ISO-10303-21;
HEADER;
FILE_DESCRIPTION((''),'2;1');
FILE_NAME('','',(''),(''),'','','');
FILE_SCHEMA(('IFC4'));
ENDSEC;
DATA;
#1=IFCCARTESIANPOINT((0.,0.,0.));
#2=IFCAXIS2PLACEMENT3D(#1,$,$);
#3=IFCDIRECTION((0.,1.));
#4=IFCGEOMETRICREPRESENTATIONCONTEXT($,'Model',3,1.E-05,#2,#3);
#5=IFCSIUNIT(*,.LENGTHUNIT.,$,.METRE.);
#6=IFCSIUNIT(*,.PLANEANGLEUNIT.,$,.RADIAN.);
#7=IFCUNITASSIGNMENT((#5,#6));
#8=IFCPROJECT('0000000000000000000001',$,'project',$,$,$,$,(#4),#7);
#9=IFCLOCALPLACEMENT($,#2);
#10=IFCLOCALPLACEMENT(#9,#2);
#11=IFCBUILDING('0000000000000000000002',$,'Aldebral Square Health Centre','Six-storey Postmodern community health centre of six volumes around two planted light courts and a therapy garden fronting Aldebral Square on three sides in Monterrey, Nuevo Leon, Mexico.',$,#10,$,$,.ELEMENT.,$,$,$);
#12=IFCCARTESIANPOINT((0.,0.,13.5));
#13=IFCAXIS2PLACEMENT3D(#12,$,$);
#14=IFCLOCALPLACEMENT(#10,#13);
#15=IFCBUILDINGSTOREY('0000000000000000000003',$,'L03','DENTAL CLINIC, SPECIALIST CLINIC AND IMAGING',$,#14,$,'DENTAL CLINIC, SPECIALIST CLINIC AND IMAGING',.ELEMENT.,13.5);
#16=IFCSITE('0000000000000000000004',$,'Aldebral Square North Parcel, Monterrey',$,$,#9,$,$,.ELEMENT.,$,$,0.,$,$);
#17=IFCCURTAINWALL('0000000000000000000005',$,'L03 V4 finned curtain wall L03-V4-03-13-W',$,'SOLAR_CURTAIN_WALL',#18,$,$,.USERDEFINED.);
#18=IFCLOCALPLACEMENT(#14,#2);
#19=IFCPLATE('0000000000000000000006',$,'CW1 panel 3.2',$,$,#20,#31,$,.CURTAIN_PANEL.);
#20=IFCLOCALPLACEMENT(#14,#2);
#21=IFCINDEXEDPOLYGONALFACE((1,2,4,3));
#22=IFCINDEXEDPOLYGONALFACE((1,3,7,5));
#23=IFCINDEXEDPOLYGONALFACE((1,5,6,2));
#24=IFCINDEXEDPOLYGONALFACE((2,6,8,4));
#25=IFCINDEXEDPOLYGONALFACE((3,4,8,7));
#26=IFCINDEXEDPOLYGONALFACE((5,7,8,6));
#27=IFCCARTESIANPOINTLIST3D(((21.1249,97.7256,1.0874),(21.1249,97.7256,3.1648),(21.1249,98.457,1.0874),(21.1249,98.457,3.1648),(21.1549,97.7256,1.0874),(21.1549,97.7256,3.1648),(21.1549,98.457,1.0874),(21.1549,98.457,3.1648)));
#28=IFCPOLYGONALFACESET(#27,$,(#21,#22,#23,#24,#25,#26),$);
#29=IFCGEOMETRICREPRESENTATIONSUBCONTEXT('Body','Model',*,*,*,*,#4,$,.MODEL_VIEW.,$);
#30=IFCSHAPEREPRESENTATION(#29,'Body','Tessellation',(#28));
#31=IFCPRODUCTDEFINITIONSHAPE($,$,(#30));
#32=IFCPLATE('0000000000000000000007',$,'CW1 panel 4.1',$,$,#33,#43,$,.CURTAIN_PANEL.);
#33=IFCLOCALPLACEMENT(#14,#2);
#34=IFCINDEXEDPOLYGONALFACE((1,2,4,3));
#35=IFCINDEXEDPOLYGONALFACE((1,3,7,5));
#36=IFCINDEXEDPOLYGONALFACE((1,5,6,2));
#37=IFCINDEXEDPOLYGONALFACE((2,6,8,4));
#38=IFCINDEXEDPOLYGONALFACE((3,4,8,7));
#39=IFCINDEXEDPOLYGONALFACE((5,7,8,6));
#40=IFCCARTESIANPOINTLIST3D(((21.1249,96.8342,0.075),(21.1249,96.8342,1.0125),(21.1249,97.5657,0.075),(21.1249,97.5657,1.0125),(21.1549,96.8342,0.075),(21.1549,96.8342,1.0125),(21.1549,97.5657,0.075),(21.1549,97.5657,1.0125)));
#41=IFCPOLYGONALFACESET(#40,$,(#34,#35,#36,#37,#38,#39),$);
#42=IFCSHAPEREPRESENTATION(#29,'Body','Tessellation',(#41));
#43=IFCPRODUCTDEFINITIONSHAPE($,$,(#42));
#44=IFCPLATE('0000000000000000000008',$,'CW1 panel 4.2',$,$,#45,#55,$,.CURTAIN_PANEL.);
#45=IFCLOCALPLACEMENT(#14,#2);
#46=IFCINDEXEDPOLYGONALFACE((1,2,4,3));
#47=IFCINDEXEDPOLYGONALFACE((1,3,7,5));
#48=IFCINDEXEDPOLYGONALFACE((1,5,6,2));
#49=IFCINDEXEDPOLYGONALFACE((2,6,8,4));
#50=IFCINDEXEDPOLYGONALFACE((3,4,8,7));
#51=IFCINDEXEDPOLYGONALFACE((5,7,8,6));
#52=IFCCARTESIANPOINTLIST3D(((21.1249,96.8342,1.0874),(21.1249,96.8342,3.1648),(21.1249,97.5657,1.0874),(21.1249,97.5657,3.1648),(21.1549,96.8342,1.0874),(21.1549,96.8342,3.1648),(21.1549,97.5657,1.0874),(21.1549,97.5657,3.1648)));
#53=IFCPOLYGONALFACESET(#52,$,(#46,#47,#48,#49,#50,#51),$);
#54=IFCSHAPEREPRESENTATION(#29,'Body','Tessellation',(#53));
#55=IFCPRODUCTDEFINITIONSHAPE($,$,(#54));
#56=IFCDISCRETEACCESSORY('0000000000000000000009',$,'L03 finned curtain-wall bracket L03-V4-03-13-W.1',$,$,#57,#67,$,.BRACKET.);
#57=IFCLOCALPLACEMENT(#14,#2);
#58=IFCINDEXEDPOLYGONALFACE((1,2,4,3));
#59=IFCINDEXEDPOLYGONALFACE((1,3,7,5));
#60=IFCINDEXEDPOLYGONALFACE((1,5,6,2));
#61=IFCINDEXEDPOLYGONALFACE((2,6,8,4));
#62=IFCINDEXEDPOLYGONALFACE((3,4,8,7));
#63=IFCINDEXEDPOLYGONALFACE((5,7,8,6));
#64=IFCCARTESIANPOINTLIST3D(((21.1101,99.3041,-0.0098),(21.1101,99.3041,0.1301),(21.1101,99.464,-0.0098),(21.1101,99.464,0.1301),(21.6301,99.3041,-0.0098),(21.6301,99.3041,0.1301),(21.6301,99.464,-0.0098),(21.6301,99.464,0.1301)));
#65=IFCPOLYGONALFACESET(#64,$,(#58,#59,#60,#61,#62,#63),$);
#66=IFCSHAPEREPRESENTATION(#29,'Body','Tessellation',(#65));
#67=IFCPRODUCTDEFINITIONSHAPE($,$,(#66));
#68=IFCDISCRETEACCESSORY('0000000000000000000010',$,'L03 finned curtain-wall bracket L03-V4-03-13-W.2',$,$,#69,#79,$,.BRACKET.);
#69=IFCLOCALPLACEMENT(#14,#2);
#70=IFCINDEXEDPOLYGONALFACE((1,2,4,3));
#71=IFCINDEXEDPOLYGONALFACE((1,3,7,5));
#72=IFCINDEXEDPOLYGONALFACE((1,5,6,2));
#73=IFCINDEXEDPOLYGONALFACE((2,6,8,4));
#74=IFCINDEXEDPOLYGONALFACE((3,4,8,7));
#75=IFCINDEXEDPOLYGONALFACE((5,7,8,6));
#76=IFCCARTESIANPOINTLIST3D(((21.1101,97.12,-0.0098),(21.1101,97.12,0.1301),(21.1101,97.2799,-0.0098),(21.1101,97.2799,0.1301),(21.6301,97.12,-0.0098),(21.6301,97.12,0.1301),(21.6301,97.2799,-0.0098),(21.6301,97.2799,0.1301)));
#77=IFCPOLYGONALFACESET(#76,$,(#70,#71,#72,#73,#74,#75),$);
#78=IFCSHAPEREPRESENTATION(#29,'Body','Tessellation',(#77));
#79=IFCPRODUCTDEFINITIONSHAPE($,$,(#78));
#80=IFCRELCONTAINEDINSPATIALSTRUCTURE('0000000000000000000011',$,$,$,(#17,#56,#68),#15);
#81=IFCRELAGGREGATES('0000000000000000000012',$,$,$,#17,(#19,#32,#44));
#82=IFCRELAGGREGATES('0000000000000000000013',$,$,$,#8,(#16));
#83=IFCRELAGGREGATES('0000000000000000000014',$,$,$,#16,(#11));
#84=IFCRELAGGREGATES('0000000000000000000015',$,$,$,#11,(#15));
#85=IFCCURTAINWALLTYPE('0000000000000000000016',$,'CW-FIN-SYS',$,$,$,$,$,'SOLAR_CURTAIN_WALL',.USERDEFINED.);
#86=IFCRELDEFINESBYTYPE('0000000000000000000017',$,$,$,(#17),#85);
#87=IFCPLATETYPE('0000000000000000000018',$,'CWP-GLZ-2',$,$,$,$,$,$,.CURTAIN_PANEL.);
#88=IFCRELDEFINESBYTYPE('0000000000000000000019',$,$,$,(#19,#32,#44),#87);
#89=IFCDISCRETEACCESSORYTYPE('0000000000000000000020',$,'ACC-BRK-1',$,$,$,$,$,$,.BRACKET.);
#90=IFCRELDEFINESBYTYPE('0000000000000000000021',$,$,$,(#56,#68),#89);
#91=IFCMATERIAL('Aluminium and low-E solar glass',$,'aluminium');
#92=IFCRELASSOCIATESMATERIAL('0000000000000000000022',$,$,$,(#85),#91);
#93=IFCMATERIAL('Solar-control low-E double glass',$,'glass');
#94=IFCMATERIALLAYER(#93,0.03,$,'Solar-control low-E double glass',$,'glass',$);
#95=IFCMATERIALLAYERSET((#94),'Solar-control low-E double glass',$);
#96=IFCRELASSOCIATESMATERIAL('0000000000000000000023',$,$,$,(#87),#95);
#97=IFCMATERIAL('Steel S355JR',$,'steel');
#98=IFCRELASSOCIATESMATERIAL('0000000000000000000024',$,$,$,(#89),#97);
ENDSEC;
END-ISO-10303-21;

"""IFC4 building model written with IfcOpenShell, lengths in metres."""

from ifc_helpers import new_model, si_unit, direction, frame, origin, origin_2d, place, context, subcontext, project, spatial, rectangle, extrude, material, layer, layer_set, type_object, element, aggregate, save


model = new_model("IFC4")

# Units and contexts
model_context = context("Model", 3, precision=1e-05, world=origin(), true_north=direction((0.0, 1.0)))
body_context = subcontext(model_context, "Body", "Model", "MODEL_VIEW")
ifc_project = project(units=[si_unit("LENGTHUNIT", "METRE"), si_unit("PLANEANGLEUNIT", "RADIAN")], contexts=[model_context])

# Site, building, storey
site_placement = place(None, origin())
site = spatial("IfcSite", under=ifc_project, at=site_placement, Name="Aldebral Square North Parcel, Monterrey", CompositionType="ELEMENT", RefElevation=0.0)
building_placement = place(site_placement, origin())
building = spatial("IfcBuilding", under=site, at=building_placement, Name="Aldebral Square Health Centre", Description="Six-storey Postmodern community health centre of six volumes around two planted light courts and a therapy garden fronting Aldebral Square on three sides in Monterrey, Nuevo Leon, Mexico.", CompositionType="ELEMENT")
storey_placement = place(building_placement, frame((0.0, 0.0, 13.5)))
storey = spatial("IfcBuildingStorey", under=building, at=storey_placement, Name="L03", Description="DENTAL CLINIC, SPECIALIST CLINIC AND IMAGING", LongName="DENTAL CLINIC, SPECIALIST CLINIC AND IMAGING", CompositionType="ELEMENT", Elevation=13.5)

# Curtain wall, plates
ifc_material_1 = material(Name="Aluminium and low-E solar glass", Category="aluminium")
curtain_wall_type = type_object("IfcCurtainWallType", Name="CW-FIN-SYS", ElementType="SOLAR_CURTAIN_WALL", PredefinedType="USERDEFINED", material=ifc_material_1)
curtain_wall_placement = place(storey_placement, origin())
curtain_wall = element("IfcCurtainWall", 1, at=curtain_wall_placement, inside=storey, type_object=curtain_wall_type, Name="L03 V4 finned curtain wall L03-V4-03-13-W", ObjectType="SOLAR_CURTAIN_WALL", PredefinedType="USERDEFINED")
ifc_material_2 = material(Name="Solar-control low-E double glass", Category="glass")
ifc_layer = layer(ifc_material_2, 0.03, Name="Solar-control low-E double glass", Category="glass")
ifc_layer_set = layer_set([ifc_layer], Name="Solar-control low-E double glass")
plate_type = type_object("IfcPlateType", Name="CWP-GLZ-2", PredefinedType="CURTAIN_PANEL", material=ifc_layer_set)
plate_1_placement = place(storey_placement, frame((21.1399, 98.0913, 1.0874), z_axis=(0.0, 0.0, 1.0), x_axis=(0.0, -1.0, 0.0)))
plate_1 = element("IfcPlate", 2, at=plate_1_placement, type_object=plate_type, Name="CW1 panel 3.2", PredefinedType="CURTAIN_PANEL", context=body_context, shape_type="SweptSolid", body=[
    extrude(rectangle(XDim=0.7314, YDim=0.03, at=origin_2d()), origin(), (0.0, 0.0, 1.0), 2.0774),
])
plate_2_placement = place(storey_placement, frame((21.1399, 97.2, 0.075), z_axis=(0.0, 0.0, 1.0), x_axis=(0.0, -1.0, 0.0)))
plate_2 = element("IfcPlate", 3, at=plate_2_placement, type_object=plate_type, Name="CW1 panel 4.1", PredefinedType="CURTAIN_PANEL", context=body_context, shape_type="SweptSolid", body=[
    extrude(rectangle(XDim=0.7314, YDim=0.03, at=origin_2d()), origin(), (0.0, 0.0, 1.0), 0.9375),
])
plate_3_placement = place(storey_placement, frame((21.1399, 97.2, 1.0874), z_axis=(0.0, 0.0, 1.0), x_axis=(0.0, -1.0, 0.0)))
plate_3 = element("IfcPlate", 4, at=plate_3_placement, type_object=plate_type, Name="CW1 panel 4.2", PredefinedType="CURTAIN_PANEL", context=body_context, shape_type="SweptSolid", body=[
    extrude(rectangle(XDim=0.7314, YDim=0.03, at=origin_2d()), origin(), (0.0, 0.0, 1.0), 2.0774),
])
aggregate(curtain_wall, [plate_1, plate_2, plate_3])

# Discrete accessories
ifc_material_3 = material(Name="Steel S355JR", Category="steel")
discrete_accessory_type = type_object("IfcDiscreteAccessoryType", Name="ACC-BRK-1", PredefinedType="BRACKET", material=ifc_material_3)
for number, where, z_axis, x_axis, name in (
    (5, (21.3701, 99.384, -0.0098), (0.0, 0.0, 1.0), (0.0, 1.0, 0.0), "L03 finned curtain-wall bracket L03-V4-03-13-W.1"),
    (6, (21.3701, 97.2, -0.0098), (0.0, 0.0, 1.0), (0.0, 1.0, 0.0), "L03 finned curtain-wall bracket L03-V4-03-13-W.2"),
):
    element("IfcDiscreteAccessory", number, at=place(storey_placement, frame(where, z_axis=z_axis, x_axis=x_axis)), inside=storey, type_object=discrete_accessory_type, Name=name, PredefinedType="BRACKET", context=body_context, shape_type="SweptSolid", body=[
        extrude(rectangle(XDim=0.1599, YDim=0.52, at=origin_2d()), origin(), (0.0, 0.0, 1.0), 0.1399),
    ])

save(model, "model.ifc")
